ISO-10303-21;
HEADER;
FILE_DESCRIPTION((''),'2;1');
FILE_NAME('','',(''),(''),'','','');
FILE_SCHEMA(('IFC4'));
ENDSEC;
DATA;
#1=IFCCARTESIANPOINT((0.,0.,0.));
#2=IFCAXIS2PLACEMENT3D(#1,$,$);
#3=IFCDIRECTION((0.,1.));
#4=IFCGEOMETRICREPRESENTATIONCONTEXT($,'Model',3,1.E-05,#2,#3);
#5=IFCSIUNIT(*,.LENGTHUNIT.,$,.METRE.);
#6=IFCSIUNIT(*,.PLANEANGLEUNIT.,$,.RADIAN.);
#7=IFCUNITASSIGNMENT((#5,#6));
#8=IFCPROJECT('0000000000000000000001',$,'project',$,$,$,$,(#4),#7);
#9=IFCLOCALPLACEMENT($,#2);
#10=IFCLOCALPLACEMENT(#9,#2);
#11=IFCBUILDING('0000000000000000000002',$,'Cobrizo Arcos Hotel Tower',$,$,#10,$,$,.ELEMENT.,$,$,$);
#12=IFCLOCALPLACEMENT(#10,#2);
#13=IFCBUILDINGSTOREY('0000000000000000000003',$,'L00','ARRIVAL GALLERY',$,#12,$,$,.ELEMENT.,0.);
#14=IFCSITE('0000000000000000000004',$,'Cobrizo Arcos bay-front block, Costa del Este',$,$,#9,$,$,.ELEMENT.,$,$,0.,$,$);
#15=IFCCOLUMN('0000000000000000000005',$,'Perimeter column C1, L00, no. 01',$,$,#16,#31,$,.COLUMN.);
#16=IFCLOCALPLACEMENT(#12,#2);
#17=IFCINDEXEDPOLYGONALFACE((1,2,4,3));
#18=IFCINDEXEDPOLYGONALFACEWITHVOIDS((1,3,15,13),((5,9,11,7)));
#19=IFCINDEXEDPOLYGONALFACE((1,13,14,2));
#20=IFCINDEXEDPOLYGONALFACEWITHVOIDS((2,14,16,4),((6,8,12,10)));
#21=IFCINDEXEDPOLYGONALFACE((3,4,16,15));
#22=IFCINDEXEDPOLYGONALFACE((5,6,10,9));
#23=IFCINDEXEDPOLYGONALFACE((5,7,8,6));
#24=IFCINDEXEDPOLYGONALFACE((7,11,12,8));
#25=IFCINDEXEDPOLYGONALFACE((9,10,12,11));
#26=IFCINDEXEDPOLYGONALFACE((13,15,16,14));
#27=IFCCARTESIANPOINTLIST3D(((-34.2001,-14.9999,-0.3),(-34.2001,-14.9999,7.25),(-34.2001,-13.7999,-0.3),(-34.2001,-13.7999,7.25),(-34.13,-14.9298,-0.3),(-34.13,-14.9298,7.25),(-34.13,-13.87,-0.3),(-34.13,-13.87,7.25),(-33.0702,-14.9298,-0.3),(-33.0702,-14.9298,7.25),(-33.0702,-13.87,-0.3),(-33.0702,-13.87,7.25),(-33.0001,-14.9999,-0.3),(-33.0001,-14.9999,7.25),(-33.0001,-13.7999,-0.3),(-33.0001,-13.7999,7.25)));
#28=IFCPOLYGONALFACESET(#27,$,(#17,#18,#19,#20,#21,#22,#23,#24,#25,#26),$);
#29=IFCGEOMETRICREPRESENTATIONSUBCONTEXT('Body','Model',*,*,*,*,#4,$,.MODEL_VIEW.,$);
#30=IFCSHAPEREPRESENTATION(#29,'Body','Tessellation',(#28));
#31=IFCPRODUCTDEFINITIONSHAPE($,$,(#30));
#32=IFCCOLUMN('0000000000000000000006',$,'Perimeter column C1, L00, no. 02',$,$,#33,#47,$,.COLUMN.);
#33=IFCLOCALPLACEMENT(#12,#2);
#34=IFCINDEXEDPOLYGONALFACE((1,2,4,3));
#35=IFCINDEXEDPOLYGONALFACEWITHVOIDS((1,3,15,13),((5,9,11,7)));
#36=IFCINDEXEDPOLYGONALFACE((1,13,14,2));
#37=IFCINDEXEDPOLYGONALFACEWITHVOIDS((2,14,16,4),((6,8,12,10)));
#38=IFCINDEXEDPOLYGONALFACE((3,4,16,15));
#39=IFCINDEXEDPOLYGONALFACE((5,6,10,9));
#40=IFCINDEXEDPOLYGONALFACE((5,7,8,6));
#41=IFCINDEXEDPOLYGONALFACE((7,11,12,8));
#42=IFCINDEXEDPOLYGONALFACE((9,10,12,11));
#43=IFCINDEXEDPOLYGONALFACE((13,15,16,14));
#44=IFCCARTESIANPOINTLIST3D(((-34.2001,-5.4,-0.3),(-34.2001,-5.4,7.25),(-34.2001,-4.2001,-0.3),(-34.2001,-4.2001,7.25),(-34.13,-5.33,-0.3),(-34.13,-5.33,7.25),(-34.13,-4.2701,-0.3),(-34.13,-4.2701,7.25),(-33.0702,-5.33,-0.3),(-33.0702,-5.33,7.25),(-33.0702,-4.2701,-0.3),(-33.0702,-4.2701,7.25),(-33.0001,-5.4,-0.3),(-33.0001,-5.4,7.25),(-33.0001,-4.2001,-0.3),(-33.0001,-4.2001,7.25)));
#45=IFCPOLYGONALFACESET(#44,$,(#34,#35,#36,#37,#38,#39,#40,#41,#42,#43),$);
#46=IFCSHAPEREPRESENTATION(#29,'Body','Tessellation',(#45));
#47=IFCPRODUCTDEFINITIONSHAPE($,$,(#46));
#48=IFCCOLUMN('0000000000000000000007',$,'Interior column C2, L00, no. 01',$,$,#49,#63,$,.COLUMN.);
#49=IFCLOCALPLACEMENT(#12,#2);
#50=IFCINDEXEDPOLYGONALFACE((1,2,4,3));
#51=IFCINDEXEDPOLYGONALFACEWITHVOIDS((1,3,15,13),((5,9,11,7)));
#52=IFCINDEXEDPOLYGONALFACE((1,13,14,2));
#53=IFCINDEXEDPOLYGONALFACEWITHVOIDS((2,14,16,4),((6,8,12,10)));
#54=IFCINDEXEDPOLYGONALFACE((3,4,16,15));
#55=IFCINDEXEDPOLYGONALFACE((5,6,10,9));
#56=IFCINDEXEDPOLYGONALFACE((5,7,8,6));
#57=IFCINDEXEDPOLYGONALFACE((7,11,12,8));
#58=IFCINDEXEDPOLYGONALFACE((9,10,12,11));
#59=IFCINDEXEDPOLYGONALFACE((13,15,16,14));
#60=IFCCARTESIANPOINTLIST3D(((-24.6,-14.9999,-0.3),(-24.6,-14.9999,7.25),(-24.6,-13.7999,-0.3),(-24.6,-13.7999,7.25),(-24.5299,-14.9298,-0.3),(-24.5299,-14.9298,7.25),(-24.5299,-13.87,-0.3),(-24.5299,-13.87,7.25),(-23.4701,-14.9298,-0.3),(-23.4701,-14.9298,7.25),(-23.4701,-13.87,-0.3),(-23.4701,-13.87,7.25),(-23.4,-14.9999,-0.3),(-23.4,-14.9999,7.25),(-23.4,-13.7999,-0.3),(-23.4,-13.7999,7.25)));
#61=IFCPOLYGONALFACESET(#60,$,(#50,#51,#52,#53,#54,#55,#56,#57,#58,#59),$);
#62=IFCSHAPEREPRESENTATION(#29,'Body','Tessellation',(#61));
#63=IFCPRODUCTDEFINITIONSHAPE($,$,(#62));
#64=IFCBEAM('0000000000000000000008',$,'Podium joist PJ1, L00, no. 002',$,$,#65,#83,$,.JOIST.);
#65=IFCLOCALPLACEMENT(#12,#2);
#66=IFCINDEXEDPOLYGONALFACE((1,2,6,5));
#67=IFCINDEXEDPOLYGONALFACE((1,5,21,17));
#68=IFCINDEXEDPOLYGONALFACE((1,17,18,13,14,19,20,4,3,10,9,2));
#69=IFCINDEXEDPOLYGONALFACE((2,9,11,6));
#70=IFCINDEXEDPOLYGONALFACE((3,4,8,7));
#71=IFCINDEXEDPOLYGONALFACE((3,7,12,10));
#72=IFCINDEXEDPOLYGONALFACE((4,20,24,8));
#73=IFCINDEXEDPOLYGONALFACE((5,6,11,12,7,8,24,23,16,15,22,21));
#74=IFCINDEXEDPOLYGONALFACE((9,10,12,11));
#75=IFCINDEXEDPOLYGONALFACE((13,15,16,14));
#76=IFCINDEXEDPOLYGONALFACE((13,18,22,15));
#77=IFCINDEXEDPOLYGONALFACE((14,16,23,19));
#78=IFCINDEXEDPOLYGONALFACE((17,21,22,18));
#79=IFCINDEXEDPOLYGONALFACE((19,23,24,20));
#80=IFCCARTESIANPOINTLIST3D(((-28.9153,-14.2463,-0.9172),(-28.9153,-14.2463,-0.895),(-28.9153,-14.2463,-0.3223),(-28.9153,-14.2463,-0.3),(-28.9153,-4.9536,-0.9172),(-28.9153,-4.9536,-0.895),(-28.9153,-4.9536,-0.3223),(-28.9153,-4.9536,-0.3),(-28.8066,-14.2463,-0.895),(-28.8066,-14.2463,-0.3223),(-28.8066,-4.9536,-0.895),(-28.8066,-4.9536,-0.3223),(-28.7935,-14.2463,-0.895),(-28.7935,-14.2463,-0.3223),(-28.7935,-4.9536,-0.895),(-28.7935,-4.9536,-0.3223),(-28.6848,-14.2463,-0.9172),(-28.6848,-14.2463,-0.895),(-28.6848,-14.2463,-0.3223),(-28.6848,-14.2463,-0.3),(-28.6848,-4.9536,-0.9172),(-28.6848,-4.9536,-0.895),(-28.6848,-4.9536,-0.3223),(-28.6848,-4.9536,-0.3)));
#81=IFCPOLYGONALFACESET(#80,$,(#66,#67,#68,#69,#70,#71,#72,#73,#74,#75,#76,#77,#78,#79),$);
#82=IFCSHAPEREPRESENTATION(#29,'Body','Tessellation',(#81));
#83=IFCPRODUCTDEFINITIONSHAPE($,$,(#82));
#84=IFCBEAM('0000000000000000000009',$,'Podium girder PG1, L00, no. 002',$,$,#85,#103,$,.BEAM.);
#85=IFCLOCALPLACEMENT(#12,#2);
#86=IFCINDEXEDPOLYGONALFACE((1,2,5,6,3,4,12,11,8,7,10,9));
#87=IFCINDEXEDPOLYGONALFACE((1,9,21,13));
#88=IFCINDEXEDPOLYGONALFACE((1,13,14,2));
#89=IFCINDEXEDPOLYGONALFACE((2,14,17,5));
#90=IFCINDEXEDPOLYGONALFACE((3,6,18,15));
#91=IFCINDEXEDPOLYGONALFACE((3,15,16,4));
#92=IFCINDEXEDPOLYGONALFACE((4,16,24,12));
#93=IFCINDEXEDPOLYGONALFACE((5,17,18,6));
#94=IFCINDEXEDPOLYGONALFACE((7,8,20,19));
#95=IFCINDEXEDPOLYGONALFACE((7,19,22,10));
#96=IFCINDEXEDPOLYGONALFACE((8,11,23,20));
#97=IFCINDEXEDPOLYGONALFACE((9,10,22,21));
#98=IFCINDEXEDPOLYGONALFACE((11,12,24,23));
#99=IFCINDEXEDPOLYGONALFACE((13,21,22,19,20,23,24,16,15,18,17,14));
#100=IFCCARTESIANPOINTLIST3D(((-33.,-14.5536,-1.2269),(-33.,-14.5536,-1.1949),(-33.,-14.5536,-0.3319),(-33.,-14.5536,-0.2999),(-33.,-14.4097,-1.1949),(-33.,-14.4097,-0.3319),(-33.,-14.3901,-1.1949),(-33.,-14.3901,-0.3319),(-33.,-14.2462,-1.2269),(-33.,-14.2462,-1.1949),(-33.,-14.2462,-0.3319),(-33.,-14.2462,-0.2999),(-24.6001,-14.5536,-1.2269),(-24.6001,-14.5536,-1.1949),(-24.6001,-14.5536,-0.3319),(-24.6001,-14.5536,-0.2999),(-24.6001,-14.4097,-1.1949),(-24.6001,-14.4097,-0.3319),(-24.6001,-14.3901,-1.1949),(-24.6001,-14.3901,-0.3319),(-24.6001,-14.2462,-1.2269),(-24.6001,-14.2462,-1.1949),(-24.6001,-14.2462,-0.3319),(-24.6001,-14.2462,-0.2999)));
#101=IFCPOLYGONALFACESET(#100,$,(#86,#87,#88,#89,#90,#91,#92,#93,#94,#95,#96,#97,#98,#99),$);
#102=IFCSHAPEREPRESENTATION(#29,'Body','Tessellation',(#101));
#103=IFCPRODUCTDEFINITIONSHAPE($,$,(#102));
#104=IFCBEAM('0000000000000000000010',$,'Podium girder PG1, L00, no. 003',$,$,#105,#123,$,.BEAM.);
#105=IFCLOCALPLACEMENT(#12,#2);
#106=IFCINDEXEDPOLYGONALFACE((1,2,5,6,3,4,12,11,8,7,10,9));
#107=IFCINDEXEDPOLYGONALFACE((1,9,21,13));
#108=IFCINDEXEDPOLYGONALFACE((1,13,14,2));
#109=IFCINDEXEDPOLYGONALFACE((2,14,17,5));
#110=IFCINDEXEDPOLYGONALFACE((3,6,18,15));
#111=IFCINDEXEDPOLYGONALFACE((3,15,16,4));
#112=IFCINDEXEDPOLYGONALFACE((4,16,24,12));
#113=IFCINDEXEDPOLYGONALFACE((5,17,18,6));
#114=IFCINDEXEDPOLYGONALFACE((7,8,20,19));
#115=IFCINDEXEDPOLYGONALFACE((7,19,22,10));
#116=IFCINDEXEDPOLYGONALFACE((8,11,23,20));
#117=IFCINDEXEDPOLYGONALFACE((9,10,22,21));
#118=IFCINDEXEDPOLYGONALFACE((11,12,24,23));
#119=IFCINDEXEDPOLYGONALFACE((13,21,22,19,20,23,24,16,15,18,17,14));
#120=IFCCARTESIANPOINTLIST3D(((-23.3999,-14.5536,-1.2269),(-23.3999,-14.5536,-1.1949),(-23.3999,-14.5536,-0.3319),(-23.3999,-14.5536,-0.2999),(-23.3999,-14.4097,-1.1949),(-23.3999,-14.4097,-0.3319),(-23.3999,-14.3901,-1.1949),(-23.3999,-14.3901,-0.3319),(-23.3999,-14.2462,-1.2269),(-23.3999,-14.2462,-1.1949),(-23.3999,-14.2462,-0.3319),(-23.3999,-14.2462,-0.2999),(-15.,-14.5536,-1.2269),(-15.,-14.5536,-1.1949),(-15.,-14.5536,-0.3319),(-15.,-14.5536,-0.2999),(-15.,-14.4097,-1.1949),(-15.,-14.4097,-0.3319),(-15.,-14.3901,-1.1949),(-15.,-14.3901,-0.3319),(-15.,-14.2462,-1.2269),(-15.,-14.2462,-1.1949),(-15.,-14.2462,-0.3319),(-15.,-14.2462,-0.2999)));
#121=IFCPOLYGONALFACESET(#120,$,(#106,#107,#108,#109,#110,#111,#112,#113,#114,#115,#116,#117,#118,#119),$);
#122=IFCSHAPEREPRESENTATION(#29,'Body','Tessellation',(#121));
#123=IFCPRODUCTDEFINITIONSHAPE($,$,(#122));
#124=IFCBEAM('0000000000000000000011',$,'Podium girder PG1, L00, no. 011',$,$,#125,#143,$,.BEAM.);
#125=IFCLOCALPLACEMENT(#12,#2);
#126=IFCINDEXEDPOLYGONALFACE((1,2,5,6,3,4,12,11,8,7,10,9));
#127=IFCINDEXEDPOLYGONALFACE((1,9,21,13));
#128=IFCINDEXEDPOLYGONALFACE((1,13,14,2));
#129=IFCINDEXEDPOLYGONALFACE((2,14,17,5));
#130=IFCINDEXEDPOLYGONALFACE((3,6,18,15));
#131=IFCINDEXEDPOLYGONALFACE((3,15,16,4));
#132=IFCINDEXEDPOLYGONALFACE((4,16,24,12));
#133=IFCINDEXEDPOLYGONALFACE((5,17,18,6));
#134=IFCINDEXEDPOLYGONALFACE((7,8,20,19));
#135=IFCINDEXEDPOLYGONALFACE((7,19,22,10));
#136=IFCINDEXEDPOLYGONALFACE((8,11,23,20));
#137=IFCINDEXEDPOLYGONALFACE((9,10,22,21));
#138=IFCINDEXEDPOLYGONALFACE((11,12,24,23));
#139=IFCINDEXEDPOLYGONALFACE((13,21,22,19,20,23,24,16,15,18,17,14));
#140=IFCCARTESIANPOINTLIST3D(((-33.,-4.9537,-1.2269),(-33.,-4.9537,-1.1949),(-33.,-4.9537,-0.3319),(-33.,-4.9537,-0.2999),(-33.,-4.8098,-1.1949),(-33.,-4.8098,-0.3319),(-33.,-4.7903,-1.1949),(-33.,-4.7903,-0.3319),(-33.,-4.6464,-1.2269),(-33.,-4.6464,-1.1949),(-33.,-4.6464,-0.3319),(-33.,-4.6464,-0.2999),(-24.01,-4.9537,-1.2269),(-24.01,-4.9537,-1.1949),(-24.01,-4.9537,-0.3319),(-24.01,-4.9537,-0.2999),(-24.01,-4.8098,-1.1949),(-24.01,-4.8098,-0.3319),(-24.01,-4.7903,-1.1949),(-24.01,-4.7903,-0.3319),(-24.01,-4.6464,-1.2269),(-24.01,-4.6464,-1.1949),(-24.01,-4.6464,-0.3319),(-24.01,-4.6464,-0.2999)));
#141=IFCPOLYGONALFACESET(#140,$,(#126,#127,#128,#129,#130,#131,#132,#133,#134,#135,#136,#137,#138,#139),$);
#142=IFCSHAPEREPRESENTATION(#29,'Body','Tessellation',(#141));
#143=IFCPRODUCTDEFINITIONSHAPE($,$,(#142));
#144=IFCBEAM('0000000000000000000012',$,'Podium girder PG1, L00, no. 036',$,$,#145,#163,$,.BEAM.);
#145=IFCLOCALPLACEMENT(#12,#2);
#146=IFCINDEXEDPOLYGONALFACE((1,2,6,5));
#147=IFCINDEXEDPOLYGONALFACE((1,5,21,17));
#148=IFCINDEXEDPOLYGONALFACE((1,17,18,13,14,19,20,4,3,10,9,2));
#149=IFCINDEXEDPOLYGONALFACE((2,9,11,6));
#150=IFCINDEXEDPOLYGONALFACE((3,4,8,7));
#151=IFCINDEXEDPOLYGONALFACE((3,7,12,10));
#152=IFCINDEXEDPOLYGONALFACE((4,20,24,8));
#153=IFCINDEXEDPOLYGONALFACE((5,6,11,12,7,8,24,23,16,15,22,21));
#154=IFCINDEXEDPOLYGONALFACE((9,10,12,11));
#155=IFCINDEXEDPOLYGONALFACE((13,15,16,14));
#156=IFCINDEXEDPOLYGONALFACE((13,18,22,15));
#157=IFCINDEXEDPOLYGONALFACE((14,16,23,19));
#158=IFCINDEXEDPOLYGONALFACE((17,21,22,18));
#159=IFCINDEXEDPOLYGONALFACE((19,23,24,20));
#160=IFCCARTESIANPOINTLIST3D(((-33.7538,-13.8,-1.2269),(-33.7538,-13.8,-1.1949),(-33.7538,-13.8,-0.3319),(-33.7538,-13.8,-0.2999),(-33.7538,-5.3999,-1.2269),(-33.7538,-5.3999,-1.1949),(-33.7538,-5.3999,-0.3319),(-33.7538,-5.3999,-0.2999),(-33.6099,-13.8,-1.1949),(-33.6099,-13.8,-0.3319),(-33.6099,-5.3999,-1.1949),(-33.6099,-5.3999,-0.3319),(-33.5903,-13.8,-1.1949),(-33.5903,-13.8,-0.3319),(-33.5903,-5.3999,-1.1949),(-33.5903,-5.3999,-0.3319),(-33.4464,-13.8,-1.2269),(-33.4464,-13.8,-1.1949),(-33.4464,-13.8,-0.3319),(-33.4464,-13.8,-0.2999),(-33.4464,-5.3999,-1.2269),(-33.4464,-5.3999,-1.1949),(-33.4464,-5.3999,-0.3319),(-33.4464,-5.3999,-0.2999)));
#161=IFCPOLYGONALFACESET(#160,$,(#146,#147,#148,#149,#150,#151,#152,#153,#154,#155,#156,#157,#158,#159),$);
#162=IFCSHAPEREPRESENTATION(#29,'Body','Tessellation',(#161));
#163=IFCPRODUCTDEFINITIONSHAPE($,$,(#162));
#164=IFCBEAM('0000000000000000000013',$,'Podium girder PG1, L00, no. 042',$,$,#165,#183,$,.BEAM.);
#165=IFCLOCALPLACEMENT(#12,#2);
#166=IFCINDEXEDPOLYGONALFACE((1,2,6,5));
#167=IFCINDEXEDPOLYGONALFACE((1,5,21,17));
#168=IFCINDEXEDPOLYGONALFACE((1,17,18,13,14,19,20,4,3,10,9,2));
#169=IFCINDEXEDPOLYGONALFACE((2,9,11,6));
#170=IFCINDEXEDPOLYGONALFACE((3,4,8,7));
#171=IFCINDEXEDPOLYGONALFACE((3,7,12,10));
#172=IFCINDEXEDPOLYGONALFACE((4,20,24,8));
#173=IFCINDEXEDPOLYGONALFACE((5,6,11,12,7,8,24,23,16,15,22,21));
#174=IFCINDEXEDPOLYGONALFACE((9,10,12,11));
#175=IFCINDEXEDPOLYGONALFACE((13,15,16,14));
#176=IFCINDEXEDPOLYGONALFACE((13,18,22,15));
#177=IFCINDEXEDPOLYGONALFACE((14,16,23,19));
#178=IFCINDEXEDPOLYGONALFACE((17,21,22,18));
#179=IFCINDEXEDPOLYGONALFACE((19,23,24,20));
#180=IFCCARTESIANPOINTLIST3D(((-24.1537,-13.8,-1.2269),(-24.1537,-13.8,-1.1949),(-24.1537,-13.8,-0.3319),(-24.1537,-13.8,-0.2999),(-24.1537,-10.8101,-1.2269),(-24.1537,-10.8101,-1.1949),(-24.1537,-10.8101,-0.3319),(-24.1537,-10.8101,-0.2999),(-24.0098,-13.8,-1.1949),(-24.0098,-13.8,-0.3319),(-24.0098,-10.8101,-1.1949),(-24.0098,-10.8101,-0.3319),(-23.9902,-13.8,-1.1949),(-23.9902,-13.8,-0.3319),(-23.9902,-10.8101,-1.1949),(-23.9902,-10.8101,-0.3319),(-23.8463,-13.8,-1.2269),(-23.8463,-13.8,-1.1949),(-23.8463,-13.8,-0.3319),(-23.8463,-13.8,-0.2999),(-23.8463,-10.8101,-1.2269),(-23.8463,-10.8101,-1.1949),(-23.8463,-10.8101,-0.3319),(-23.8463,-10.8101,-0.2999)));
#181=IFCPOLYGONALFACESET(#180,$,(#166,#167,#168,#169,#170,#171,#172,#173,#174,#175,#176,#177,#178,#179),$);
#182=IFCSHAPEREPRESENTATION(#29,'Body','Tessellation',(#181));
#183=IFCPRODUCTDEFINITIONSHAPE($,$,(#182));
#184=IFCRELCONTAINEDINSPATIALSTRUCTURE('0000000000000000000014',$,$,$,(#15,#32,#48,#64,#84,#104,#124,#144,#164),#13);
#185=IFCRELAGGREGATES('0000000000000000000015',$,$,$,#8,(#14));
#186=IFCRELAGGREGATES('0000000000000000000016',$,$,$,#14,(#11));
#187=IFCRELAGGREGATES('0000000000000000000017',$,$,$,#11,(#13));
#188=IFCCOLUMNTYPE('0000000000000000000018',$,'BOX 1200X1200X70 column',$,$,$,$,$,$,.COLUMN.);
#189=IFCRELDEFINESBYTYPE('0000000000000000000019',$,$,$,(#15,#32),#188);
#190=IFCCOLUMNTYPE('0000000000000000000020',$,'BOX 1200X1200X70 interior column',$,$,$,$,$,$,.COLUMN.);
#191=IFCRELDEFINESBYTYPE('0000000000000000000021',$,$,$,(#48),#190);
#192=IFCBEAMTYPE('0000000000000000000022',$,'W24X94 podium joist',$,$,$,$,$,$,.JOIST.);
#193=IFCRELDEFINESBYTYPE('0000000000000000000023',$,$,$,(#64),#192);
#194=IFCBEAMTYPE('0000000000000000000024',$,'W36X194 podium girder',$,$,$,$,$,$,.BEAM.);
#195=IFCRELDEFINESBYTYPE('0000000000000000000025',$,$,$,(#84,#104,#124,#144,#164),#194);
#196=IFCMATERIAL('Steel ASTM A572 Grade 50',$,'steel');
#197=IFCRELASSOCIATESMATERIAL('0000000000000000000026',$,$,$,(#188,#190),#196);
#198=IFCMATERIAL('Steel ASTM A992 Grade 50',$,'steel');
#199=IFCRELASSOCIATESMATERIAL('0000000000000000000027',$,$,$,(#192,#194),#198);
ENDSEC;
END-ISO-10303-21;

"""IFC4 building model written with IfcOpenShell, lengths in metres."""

from ifc_helpers import new_model, si_unit, direction, frame, origin, origin_2d, place, context, subcontext, project, spatial, hollow_rectangle, i_section, extrude, material, material_profile, profile_set, type_object, element, save


model = new_model("IFC4")

# Units and contexts
model_context = context("Model", 3, precision=1e-05, world=origin(), true_north=direction((0.0, 1.0)))
body_context = subcontext(model_context, "Body", "Model", "MODEL_VIEW")
ifc_project = project(units=[si_unit("LENGTHUNIT", "METRE"), si_unit("PLANEANGLEUNIT", "RADIAN")], contexts=[model_context])

# Site, building, storey
site_placement = place(None, origin())
site = spatial("IfcSite", under=ifc_project, at=site_placement, Name="Cobrizo Arcos bay-front block, Costa del Este", CompositionType="ELEMENT", RefElevation=0.0)
building_placement = place(site_placement, origin())
building = spatial("IfcBuilding", under=site, at=building_placement, Name="Cobrizo Arcos Hotel Tower", CompositionType="ELEMENT")
storey_placement = place(building_placement, origin())
storey = spatial("IfcBuildingStorey", under=building, at=storey_placement, Name="L00", Description="ARRIVAL GALLERY", CompositionType="ELEMENT", Elevation=0.0)

# Columns
ifc_material_1 = material(Name="Steel ASTM A572 Grade 50", Category="steel")
ifc_material_profile_1 = material_profile(ifc_material_1, hollow_rectangle(XDim=1.2, YDim=1.2, WallThickness=0.0701, at=origin_2d()), Name="BOX 1200X1200X70")
ifc_profile_set_1 = profile_set([ifc_material_profile_1], Name="Steel ASTM A572 Grade 50")
column_type_1 = type_object("IfcColumnType", Name="BOX 1200X1200X70 column", PredefinedType="COLUMN", material=ifc_profile_set_1)
for number, where, z_axis, x_axis, name in (
    (1, (-33.6001, -14.3999, -0.3), (0.0, 0.0, 1.0), (1.0, 0.0, 0.0), "Perimeter column C1, L00, no. 01"),
    (2, (-33.6001, -4.8, -0.3), (0.0, 0.0, 1.0), (1.0, 0.0, 0.0), "Perimeter column C1, L00, no. 02"),
):
    element("IfcColumn", number, at=place(storey_placement, frame(where, z_axis=z_axis, x_axis=x_axis)), inside=storey, type_object=column_type_1, Name=name, PredefinedType="COLUMN", context=body_context, shape_type="SweptSolid", body=[
        extrude(hollow_rectangle(XDim=1.2, YDim=1.2, WallThickness=0.0701, at=origin_2d()), origin(), (0.0, 0.0, 1.0), 7.55),
    ])
ifc_material_profile_2 = material_profile(ifc_material_1, hollow_rectangle(XDim=1.2, YDim=1.2, WallThickness=0.0701, at=origin_2d()), Name="BOX 1200X1200X70")
ifc_profile_set_2 = profile_set([ifc_material_profile_2], Name="Steel ASTM A572 Grade 50")
column_type_2 = type_object("IfcColumnType", Name="BOX 1200X1200X70 interior column", PredefinedType="COLUMN", material=ifc_profile_set_2)
column_placement = place(storey_placement, frame((-24.0, -14.3999, -0.3), z_axis=(0.0, 0.0, 1.0), x_axis=(1.0, 0.0, 0.0)))
element("IfcColumn", 3, at=column_placement, inside=storey, type_object=column_type_2, Name="Interior column C2, L00, no. 01", PredefinedType="COLUMN", context=body_context, shape_type="SweptSolid", body=[
    extrude(hollow_rectangle(XDim=1.2, YDim=1.2, WallThickness=0.0701, at=origin_2d()), origin(), (0.0, 0.0, 1.0), 7.55),
])

# Beams
ifc_material_2 = material(Name="Steel ASTM A992 Grade 50", Category="steel")
ifc_material_profile_3 = material_profile(ifc_material_2, i_section(OverallWidth=0.2305, OverallDepth=0.6172, WebThickness=0.0132, FlangeThickness=0.0222, at=origin_2d()), Name="W24X94")
ifc_profile_set_3 = profile_set([ifc_material_profile_3], Name="Steel ASTM A992 Grade 50")
beam_type_1 = type_object("IfcBeamType", Name="W24X94 podium joist", PredefinedType="JOIST", material=ifc_profile_set_3)
beam_1_placement = place(storey_placement, frame((-28.8, -14.2463, -0.6086), z_axis=(0.0, 1.0, 0.0), x_axis=(-1.0, 0.0, 0.0)))
element("IfcBeam", 4, at=beam_1_placement, inside=storey, type_object=beam_type_1, Name="Podium joist PJ1, L00, no. 002", PredefinedType="JOIST", context=body_context, shape_type="SweptSolid", body=[
    extrude(i_section(OverallWidth=0.2305, OverallDepth=0.6172, WebThickness=0.0132, FlangeThickness=0.0222, at=origin_2d()), origin(), (0.0, 0.0, 1.0), 9.2927),
])
ifc_material_profile_4 = material_profile(ifc_material_2, i_section(OverallWidth=0.3074, OverallDepth=0.927, WebThickness=0.0195, FlangeThickness=0.032, at=origin_2d()), Name="W36X194")
ifc_profile_set_4 = profile_set([ifc_material_profile_4], Name="Steel ASTM A992 Grade 50")
beam_type_2 = type_object("IfcBeamType", Name="W36X194 podium girder", PredefinedType="BEAM", material=ifc_profile_set_4)
for number, where, z_axis, x_axis, name in (
    (5, (-33.0, -14.3999, -0.7634), (1.0, 0.0, 0.0), (0.0, 1.0, 0.0), "Podium girder PG1, L00, no. 002"),
    (6, (-23.3999, -14.3999, -0.7634), (1.0, 0.0, 0.0), (0.0, 1.0, 0.0), "Podium girder PG1, L00, no. 003"),
):
    element("IfcBeam", number, at=place(storey_placement, frame(where, z_axis=z_axis, x_axis=x_axis)), inside=storey, type_object=beam_type_2, Name=name, PredefinedType="BEAM", context=body_context, shape_type="SweptSolid", body=[
        extrude(i_section(OverallWidth=0.3074, OverallDepth=0.927, WebThickness=0.0195, FlangeThickness=0.032, at=origin_2d()), origin(), (0.0, 0.0, 1.0), 8.3999),
    ])
beam_2_placement = place(storey_placement, frame((-33.0, -4.8, -0.7634), z_axis=(1.0, 0.0, 0.0), x_axis=(0.0, 1.0, 0.0)))
element("IfcBeam", 7, at=beam_2_placement, inside=storey, type_object=beam_type_2, Name="Podium girder PG1, L00, no. 011", PredefinedType="BEAM", context=body_context, shape_type="SweptSolid", body=[
    extrude(i_section(OverallWidth=0.3074, OverallDepth=0.927, WebThickness=0.0195, FlangeThickness=0.032, at=origin_2d()), origin(), (0.0, 0.0, 1.0), 8.99),
])
beam_3_placement = place(storey_placement, frame((-33.6001, -13.8, -0.7634), z_axis=(0.0, 1.0, 0.0), x_axis=(-1.0, 0.0, 0.0)))
element("IfcBeam", 8, at=beam_3_placement, inside=storey, type_object=beam_type_2, Name="Podium girder PG1, L00, no. 036", PredefinedType="BEAM", context=body_context, shape_type="SweptSolid", body=[
    extrude(i_section(OverallWidth=0.3074, OverallDepth=0.927, WebThickness=0.0195, FlangeThickness=0.032, at=origin_2d()), origin(), (0.0, 0.0, 1.0), 8.4001),
])
beam_4_placement = place(storey_placement, frame((-24.0, -13.8, -0.7634), z_axis=(0.0, 1.0, 0.0), x_axis=(-1.0, 0.0, 0.0)))
element("IfcBeam", 9, at=beam_4_placement, inside=storey, type_object=beam_type_2, Name="Podium girder PG1, L00, no. 042", PredefinedType="BEAM", context=body_context, shape_type="SweptSolid", body=[
    extrude(i_section(OverallWidth=0.3074, OverallDepth=0.927, WebThickness=0.0195, FlangeThickness=0.032, at=origin_2d()), origin(), (0.0, 0.0, 1.0), 2.99),
])

save(model, "model.ifc")
